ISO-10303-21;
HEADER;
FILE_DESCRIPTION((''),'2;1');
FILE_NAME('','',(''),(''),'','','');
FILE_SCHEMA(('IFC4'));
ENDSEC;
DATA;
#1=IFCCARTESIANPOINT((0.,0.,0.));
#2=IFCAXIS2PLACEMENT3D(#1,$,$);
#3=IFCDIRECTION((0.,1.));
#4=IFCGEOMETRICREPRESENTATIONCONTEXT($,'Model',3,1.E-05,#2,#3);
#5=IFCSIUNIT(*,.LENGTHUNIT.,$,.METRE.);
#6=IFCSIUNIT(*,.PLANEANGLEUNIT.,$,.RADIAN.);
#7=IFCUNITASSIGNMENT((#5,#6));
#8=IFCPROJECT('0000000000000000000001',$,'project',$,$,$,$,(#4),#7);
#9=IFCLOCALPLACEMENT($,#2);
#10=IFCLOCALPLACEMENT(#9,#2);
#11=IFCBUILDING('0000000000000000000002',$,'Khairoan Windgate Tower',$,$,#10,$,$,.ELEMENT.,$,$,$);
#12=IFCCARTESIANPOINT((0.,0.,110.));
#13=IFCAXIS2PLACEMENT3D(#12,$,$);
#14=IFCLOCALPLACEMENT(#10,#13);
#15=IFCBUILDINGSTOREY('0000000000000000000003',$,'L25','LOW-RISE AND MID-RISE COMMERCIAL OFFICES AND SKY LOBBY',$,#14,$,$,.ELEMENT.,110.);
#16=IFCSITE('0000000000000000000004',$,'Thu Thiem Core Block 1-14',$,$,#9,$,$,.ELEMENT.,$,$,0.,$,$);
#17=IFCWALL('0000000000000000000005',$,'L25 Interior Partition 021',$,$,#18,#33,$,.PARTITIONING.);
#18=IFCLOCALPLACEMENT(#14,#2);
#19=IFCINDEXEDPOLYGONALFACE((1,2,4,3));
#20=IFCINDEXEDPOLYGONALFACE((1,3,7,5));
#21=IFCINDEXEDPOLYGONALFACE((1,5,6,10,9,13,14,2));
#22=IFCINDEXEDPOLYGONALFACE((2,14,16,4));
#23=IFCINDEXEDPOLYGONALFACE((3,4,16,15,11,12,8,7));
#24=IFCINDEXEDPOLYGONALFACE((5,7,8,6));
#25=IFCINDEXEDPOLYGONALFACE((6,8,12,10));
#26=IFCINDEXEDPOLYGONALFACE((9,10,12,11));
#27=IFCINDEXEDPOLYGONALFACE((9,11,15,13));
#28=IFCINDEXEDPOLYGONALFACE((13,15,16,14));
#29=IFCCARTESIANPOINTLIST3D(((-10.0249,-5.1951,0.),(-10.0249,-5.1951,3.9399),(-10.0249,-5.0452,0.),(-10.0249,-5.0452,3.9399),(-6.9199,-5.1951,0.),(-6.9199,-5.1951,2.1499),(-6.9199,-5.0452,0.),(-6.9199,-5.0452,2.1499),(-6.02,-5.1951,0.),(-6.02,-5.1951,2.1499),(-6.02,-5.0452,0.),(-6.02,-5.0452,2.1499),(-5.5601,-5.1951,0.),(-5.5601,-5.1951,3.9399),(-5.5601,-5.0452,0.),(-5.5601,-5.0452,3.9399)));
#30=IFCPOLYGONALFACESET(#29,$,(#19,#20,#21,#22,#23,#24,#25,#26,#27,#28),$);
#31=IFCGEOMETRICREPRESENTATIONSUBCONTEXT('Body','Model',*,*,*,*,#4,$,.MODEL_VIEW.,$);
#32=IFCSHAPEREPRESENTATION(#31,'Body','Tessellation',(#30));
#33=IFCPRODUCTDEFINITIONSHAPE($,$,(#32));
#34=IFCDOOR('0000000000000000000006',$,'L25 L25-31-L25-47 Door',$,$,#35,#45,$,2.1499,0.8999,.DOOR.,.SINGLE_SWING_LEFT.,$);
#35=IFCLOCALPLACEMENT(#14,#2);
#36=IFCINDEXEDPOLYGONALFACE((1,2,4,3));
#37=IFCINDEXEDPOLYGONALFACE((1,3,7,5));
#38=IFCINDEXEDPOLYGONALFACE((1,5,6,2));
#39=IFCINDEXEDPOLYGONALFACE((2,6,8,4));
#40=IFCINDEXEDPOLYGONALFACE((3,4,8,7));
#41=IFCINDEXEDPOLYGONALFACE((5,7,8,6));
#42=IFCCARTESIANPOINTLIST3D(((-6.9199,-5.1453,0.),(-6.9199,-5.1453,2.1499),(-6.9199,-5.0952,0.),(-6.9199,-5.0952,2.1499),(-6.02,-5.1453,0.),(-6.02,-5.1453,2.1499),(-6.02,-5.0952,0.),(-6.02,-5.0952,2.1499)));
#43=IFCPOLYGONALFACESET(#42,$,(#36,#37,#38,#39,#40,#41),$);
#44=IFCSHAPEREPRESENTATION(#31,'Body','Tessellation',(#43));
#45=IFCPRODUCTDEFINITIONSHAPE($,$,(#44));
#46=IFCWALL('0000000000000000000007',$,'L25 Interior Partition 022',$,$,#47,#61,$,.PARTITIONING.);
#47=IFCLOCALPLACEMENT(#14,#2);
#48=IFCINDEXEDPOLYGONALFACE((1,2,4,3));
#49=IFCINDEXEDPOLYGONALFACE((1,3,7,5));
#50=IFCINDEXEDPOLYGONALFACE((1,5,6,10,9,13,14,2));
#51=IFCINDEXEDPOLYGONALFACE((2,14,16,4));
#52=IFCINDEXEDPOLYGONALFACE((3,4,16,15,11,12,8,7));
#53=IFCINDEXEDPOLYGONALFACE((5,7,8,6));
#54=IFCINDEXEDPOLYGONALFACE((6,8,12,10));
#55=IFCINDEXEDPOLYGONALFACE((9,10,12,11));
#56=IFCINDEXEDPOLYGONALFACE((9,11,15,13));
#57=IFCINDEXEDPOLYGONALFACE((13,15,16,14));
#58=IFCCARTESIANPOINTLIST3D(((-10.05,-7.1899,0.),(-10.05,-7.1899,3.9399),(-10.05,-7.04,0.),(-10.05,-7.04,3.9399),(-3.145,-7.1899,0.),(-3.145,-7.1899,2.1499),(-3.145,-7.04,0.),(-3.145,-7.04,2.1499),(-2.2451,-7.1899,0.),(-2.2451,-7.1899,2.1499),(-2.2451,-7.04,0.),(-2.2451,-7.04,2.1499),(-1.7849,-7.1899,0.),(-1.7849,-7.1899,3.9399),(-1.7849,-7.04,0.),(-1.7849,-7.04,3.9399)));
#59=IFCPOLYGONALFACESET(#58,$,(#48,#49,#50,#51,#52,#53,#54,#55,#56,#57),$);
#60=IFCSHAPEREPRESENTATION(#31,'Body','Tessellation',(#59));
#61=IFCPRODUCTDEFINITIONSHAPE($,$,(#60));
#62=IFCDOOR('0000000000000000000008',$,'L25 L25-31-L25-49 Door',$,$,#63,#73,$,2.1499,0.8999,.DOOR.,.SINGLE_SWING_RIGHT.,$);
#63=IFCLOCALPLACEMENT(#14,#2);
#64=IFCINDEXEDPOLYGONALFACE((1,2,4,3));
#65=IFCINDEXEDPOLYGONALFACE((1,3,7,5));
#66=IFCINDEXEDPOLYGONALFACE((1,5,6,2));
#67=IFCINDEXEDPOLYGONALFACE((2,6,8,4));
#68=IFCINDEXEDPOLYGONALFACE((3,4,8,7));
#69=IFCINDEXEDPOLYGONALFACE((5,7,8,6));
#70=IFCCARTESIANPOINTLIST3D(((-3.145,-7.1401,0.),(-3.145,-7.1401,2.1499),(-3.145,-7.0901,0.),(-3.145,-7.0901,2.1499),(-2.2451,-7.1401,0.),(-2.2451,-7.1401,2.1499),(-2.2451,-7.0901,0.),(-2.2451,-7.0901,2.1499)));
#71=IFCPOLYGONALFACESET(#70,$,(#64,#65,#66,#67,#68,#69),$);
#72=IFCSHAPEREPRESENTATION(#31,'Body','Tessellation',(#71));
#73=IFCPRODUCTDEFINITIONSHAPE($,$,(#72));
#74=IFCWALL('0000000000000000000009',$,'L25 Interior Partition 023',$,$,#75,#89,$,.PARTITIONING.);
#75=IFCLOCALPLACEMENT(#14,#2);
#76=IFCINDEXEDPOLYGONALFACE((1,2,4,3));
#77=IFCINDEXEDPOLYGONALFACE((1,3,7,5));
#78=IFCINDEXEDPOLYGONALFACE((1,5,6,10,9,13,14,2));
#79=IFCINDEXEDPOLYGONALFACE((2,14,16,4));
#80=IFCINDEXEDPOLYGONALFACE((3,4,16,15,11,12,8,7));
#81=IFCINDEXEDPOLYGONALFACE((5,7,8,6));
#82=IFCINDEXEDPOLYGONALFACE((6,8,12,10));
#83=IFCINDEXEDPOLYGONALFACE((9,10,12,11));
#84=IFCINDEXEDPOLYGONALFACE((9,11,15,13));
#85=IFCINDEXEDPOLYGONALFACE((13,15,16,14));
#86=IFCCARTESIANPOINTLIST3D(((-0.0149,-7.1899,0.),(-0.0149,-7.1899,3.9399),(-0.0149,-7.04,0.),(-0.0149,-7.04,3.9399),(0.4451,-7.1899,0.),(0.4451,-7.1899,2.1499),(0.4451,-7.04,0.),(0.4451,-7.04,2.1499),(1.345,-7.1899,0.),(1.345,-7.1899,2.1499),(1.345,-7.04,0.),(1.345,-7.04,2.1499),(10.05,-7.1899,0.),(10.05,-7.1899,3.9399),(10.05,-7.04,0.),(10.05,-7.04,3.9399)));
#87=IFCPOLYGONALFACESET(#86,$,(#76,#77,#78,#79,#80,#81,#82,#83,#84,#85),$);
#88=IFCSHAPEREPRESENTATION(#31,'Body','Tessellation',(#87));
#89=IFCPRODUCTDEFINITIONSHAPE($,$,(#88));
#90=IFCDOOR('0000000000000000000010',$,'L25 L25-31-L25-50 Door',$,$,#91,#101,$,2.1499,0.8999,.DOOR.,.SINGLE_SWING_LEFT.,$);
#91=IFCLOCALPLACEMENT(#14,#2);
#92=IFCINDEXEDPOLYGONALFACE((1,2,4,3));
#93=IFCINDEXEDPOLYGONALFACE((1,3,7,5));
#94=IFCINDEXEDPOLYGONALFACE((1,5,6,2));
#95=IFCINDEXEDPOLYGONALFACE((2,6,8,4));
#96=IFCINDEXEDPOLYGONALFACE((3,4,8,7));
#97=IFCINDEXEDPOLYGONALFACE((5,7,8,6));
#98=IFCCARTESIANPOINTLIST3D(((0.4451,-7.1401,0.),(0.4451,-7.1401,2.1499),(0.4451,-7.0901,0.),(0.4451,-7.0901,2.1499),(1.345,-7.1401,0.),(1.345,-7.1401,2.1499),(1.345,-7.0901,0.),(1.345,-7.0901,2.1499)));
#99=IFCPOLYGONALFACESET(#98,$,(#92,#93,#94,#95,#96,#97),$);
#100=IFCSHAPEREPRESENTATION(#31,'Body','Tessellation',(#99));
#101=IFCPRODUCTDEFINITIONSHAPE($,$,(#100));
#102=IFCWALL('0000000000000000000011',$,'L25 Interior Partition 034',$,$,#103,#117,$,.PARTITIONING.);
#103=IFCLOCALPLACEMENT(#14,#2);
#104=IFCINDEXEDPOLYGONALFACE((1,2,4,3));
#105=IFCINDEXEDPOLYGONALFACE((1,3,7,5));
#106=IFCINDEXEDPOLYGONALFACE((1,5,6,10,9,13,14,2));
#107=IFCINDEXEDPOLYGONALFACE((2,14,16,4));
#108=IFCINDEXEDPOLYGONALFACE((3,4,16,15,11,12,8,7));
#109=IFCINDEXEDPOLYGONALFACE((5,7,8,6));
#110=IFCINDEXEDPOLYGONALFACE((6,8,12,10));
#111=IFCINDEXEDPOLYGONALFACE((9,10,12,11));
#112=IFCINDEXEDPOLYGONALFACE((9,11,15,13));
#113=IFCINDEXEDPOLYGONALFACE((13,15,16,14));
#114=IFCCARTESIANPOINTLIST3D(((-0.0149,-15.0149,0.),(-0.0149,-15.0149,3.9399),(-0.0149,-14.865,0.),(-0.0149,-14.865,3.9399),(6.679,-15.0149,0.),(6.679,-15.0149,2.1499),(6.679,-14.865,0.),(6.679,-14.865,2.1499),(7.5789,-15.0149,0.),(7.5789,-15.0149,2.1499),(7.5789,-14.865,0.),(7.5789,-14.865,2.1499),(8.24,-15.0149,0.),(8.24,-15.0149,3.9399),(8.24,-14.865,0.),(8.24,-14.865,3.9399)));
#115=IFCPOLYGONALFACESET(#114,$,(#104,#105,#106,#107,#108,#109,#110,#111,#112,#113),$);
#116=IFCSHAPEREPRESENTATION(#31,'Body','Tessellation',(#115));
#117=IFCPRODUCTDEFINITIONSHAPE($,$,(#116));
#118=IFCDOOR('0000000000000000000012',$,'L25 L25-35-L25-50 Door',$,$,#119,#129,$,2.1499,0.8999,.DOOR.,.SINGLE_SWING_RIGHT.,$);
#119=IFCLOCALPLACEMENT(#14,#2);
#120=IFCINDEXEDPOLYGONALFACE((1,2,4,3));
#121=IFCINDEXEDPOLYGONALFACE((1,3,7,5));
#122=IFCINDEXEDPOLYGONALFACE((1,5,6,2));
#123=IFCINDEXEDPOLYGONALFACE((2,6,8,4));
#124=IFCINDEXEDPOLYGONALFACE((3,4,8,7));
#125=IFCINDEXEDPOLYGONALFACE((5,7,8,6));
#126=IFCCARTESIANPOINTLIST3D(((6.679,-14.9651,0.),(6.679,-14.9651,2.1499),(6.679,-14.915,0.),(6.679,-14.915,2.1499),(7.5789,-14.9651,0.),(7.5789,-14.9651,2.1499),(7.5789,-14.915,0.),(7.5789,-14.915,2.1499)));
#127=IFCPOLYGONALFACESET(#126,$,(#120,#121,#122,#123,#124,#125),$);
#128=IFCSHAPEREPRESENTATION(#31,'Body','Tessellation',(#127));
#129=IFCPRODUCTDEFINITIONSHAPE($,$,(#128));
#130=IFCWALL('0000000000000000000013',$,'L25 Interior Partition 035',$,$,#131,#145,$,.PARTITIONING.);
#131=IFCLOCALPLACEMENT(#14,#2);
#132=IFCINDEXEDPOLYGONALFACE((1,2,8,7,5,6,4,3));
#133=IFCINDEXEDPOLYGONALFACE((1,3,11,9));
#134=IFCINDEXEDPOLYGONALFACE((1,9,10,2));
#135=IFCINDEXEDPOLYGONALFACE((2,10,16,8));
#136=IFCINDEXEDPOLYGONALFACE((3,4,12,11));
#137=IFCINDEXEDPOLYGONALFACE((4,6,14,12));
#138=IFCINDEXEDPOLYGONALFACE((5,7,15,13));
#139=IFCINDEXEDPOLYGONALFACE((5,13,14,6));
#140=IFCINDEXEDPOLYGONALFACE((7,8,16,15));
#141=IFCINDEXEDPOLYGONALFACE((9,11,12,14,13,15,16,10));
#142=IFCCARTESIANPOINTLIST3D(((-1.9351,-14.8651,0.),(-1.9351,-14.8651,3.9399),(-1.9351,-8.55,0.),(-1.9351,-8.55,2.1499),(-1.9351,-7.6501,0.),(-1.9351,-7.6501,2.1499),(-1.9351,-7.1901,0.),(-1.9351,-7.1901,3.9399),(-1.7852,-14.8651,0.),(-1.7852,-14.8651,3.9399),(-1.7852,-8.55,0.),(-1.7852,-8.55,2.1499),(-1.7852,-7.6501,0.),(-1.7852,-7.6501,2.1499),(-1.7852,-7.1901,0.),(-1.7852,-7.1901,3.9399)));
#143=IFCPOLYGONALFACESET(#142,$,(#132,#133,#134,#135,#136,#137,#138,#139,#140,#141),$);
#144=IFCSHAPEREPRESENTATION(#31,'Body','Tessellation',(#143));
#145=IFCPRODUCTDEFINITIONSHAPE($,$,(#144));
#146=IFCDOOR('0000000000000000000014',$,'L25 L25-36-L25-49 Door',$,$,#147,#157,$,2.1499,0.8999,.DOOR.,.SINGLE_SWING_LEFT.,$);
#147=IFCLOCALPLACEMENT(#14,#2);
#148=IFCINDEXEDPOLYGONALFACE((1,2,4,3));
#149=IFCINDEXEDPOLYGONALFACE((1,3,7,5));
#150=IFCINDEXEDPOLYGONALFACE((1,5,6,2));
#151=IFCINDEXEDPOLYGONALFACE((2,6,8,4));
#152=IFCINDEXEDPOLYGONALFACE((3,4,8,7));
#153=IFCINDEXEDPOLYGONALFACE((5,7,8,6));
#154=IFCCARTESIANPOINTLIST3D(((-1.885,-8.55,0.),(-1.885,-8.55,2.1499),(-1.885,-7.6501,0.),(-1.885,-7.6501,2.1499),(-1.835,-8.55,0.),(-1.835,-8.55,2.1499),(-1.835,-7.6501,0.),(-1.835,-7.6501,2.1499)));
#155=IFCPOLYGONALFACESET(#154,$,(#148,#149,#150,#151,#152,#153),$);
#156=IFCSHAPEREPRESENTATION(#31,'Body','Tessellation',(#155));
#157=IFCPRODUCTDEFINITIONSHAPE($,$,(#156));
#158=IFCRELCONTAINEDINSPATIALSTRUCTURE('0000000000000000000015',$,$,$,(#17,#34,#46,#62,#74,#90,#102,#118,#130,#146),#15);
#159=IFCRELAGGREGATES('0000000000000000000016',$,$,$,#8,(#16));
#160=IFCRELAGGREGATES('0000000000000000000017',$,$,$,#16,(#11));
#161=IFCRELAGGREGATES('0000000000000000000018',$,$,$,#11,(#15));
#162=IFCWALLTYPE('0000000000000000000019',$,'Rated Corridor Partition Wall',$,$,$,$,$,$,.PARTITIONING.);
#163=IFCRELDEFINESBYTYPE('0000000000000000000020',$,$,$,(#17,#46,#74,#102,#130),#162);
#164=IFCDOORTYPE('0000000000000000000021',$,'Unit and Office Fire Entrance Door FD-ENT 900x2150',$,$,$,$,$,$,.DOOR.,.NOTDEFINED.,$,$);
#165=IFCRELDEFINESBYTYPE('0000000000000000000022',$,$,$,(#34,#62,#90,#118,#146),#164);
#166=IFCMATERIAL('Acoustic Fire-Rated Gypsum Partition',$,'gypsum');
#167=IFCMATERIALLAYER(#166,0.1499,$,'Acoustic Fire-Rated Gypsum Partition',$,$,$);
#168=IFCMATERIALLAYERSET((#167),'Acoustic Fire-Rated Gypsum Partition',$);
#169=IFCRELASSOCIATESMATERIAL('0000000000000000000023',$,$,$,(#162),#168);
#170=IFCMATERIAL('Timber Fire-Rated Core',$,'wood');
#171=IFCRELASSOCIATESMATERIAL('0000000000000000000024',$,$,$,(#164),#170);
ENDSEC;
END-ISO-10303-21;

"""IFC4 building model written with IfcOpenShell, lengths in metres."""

from ifc_helpers import new_model, si_unit, direction, frame, frame_2d, origin, place, context, subcontext, project, spatial, rectangle, extrude, material, layer, layer_set, type_object, element, fill, save


model = new_model("IFC4")

# Units and contexts
model_context = context("Model", 3, precision=1e-05, world=origin(), true_north=direction((0.0, 1.0)))
body_context = subcontext(model_context, "Body", "Model", "MODEL_VIEW")
ifc_project = project(units=[si_unit("LENGTHUNIT", "METRE"), si_unit("PLANEANGLEUNIT", "RADIAN")], contexts=[model_context])

# Site, building, storey
site_placement = place(None, origin())
site = spatial("IfcSite", under=ifc_project, at=site_placement, Name="Thu Thiem Core Block 1-14", CompositionType="ELEMENT", RefElevation=0.0)
building_placement = place(site_placement, origin())
building = spatial("IfcBuilding", under=site, at=building_placement, Name="Khairoan Windgate Tower", CompositionType="ELEMENT")
storey_placement = place(building_placement, frame((0.0, 0.0, 110.0)))
storey = spatial("IfcBuildingStorey", under=building, at=storey_placement, Name="L25", Description="LOW-RISE AND MID-RISE COMMERCIAL OFFICES AND SKY LOBBY", CompositionType="ELEMENT", Elevation=110.0)

# Walls, openings, doors
ifc_material_1 = material(Name="Acoustic Fire-Rated Gypsum Partition", Category="gypsum")
ifc_layer = layer(ifc_material_1, 0.1499, Name="Acoustic Fire-Rated Gypsum Partition")
ifc_layer_set = layer_set([ifc_layer], Name="Acoustic Fire-Rated Gypsum Partition")
wall_type = type_object("IfcWallType", Name="Rated Corridor Partition Wall", PredefinedType="PARTITIONING", material=ifc_layer_set)
wall_1_placement = place(storey_placement, frame((-10.0249, -5.1201, 0.0), z_axis=(0.0, 0.0, 1.0), x_axis=(1.0, 0.0, 0.0)))
wall_1 = element("IfcWall", 1, at=wall_1_placement, inside=storey, type_object=wall_type, Name="L25 Interior Partition 021", PredefinedType="PARTITIONING", context=body_context, shape_type="SweptSolid", body=[
    extrude(rectangle(XDim=4.4648, YDim=0.1499, at=frame_2d((2.2324, 0.0))), origin(), (0.0, 0.0, 1.0), 3.9399),
])
opening_1_placement = place(wall_1_placement, frame((3.105, 0.0, 0.0)))
opening_1 = element("IfcOpeningElement", 2, at=opening_1_placement, cuts=wall_1, PredefinedType="OPENING", context=body_context, shape_type="SweptSolid", body=[
    extrude(rectangle(XDim=0.8999, YDim=2.1499, at=frame_2d((0.45, 1.075))), frame((0.0, 0.085, 0.0), z_axis=(0.0, -1.0, 0.0), x_axis=(1.0, 0.0, 0.0)), (0.0, 0.0, 1.0), 0.1699),
])
ifc_material_2 = material(Name="Timber Fire-Rated Core", Category="wood")
door_type = type_object("IfcDoorType", Name="Unit and Office Fire Entrance Door FD-ENT 900x2150", OperationType="NOTDEFINED", PredefinedType="DOOR", material=ifc_material_2)
door_1_placement = place(opening_1_placement, origin())
door_1 = element("IfcDoor", 3, at=door_1_placement, inside=storey, type_object=door_type, Name="L25 L25-31-L25-47 Door", OperationType="SINGLE_SWING_LEFT", OverallHeight=2.1499, OverallWidth=0.8999, PredefinedType="DOOR", context=body_context, shape_type="SweptSolid", body=[
    extrude(rectangle(XDim=0.8999, YDim=2.1499, at=frame_2d((0.45, 1.075))), frame((0.0, 0.0249, 0.0), z_axis=(0.0, -1.0, 0.0), x_axis=(1.0, 0.0, 0.0)), (0.0, 0.0, 1.0), 0.05),
])
fill(opening_1, door_1)
wall_2_placement = place(storey_placement, frame((-10.05, -7.115, 0.0), z_axis=(0.0, 0.0, 1.0), x_axis=(1.0, 0.0, 0.0)))
wall_2 = element("IfcWall", 4, at=wall_2_placement, inside=storey, type_object=wall_type, Name="L25 Interior Partition 022", PredefinedType="PARTITIONING", context=body_context, shape_type="SweptSolid", body=[
    extrude(rectangle(XDim=8.2651, YDim=0.1499, at=frame_2d((4.1326, 0.0))), origin(), (0.0, 0.0, 1.0), 3.9399),
])
opening_2_placement = place(wall_2_placement, frame((6.905, 0.0, 0.0)))
opening_2 = element("IfcOpeningElement", 5, at=opening_2_placement, cuts=wall_2, PredefinedType="OPENING", context=body_context, shape_type="SweptSolid", body=[
    extrude(rectangle(XDim=0.8999, YDim=2.1499, at=frame_2d((0.45, 1.075))), frame((0.0, 0.085, 0.0), z_axis=(0.0, -1.0, 0.0), x_axis=(1.0, 0.0, 0.0)), (0.0, 0.0, 1.0), 0.1699),
])
door_2_placement = place(opening_2_placement, origin())
door_2 = element("IfcDoor", 6, at=door_2_placement, inside=storey, type_object=door_type, Name="L25 L25-31-L25-49 Door", OperationType="SINGLE_SWING_RIGHT", OverallHeight=2.1499, OverallWidth=0.8999, PredefinedType="DOOR", context=body_context, shape_type="SweptSolid", body=[
    extrude(rectangle(XDim=0.8999, YDim=2.1499, at=frame_2d((0.45, 1.075))), frame((0.0, 0.0249, 0.0), z_axis=(0.0, -1.0, 0.0), x_axis=(1.0, 0.0, 0.0)), (0.0, 0.0, 1.0), 0.05),
])
fill(opening_2, door_2)
wall_3_placement = place(storey_placement, frame((-0.0149, -7.115, 0.0), z_axis=(0.0, 0.0, 1.0), x_axis=(1.0, 0.0, 0.0)))
wall_3 = element("IfcWall", 7, at=wall_3_placement, inside=storey, type_object=wall_type, Name="L25 Interior Partition 023", PredefinedType="PARTITIONING", context=body_context, shape_type="SweptSolid", body=[
    extrude(rectangle(XDim=10.0649, YDim=0.1499, at=frame_2d((5.0325, 0.0))), origin(), (0.0, 0.0, 1.0), 3.9399),
])
opening_3_placement = place(wall_3_placement, frame((0.46, 0.0, 0.0)))
opening_3 = element("IfcOpeningElement", 8, at=opening_3_placement, cuts=wall_3, PredefinedType="OPENING", context=body_context, shape_type="SweptSolid", body=[
    extrude(rectangle(XDim=0.8999, YDim=2.1499, at=frame_2d((0.45, 1.075))), frame((0.0, 0.085, 0.0), z_axis=(0.0, -1.0, 0.0), x_axis=(1.0, 0.0, 0.0)), (0.0, 0.0, 1.0), 0.1699),
])
door_3_placement = place(opening_3_placement, origin())
door_3 = element("IfcDoor", 9, at=door_3_placement, inside=storey, type_object=door_type, Name="L25 L25-31-L25-50 Door", OperationType="SINGLE_SWING_LEFT", OverallHeight=2.1499, OverallWidth=0.8999, PredefinedType="DOOR", context=body_context, shape_type="SweptSolid", body=[
    extrude(rectangle(XDim=0.8999, YDim=2.1499, at=frame_2d((0.45, 1.075))), frame((0.0, 0.0249, 0.0), z_axis=(0.0, -1.0, 0.0), x_axis=(1.0, 0.0, 0.0)), (0.0, 0.0, 1.0), 0.05),
])
fill(opening_3, door_3)
wall_4_placement = place(storey_placement, frame((-0.0149, -14.9399, 0.0), z_axis=(0.0, 0.0, 1.0), x_axis=(1.0, 0.0, 0.0)))
wall_4 = element("IfcWall", 10, at=wall_4_placement, inside=storey, type_object=wall_type, Name="L25 Interior Partition 034", PredefinedType="PARTITIONING", context=body_context, shape_type="SweptSolid", body=[
    extrude(rectangle(XDim=8.2549, YDim=0.1499, at=frame_2d((4.1274, 0.0))), origin(), (0.0, 0.0, 1.0), 3.9399),
])
opening_4_placement = place(wall_4_placement, frame((6.6938, 0.0, 0.0)))
opening_4 = element("IfcOpeningElement", 11, at=opening_4_placement, cuts=wall_4, PredefinedType="OPENING", context=body_context, shape_type="SweptSolid", body=[
    extrude(rectangle(XDim=0.8999, YDim=2.1499, at=frame_2d((0.45, 1.075))), frame((0.0, 0.085, 0.0), z_axis=(0.0, -1.0, 0.0), x_axis=(1.0, 0.0, 0.0)), (0.0, 0.0, 1.0), 0.1699),
])
door_4_placement = place(opening_4_placement, origin())
door_4 = element("IfcDoor", 12, at=door_4_placement, inside=storey, type_object=door_type, Name="L25 L25-35-L25-50 Door", OperationType="SINGLE_SWING_RIGHT", OverallHeight=2.1499, OverallWidth=0.8999, PredefinedType="DOOR", context=body_context, shape_type="SweptSolid", body=[
    extrude(rectangle(XDim=0.8999, YDim=2.1499, at=frame_2d((0.45, 1.075))), frame((0.0, 0.0249, 0.0), z_axis=(0.0, -1.0, 0.0), x_axis=(1.0, 0.0, 0.0)), (0.0, 0.0, 1.0), 0.05),
])
fill(opening_4, door_4)
wall_5_placement = place(storey_placement, frame((-1.8601, -14.865, 0.0), z_axis=(0.0, 0.0, 1.0), x_axis=(0.0, 1.0, 0.0)))
wall_5 = element("IfcWall", 13, at=wall_5_placement, inside=storey, type_object=wall_type, Name="L25 Interior Partition 035", PredefinedType="PARTITIONING", context=body_context, shape_type="SweptSolid", body=[
    extrude(rectangle(XDim=7.675, YDim=0.1499, at=frame_2d((3.8374, 0.0))), origin(), (0.0, 0.0, 1.0), 3.9399),
])
opening_5_placement = place(wall_5_placement, frame((6.3149, 0.0, 0.0)))
opening_5 = element("IfcOpeningElement", 14, at=opening_5_placement, cuts=wall_5, PredefinedType="OPENING", context=body_context, shape_type="SweptSolid", body=[
    extrude(rectangle(XDim=0.8999, YDim=2.1499, at=frame_2d((0.45, 1.075))), frame((0.0, 0.085, 0.0), z_axis=(0.0, -1.0, 0.0), x_axis=(1.0, 0.0, 0.0)), (0.0, 0.0, 1.0), 0.1699),
])
door_5_placement = place(opening_5_placement, origin())
door_5 = element("IfcDoor", 15, at=door_5_placement, inside=storey, type_object=door_type, Name="L25 L25-36-L25-49 Door", OperationType="SINGLE_SWING_LEFT", OverallHeight=2.1499, OverallWidth=0.8999, PredefinedType="DOOR", context=body_context, shape_type="SweptSolid", body=[
    extrude(rectangle(XDim=0.8999, YDim=2.1499, at=frame_2d((0.45, 1.075))), frame((0.0, 0.0249, 0.0), z_axis=(0.0, -1.0, 0.0), x_axis=(1.0, 0.0, 0.0)), (0.0, 0.0, 1.0), 0.05),
])
fill(opening_5, door_5)

save(model, "model.ifc")
